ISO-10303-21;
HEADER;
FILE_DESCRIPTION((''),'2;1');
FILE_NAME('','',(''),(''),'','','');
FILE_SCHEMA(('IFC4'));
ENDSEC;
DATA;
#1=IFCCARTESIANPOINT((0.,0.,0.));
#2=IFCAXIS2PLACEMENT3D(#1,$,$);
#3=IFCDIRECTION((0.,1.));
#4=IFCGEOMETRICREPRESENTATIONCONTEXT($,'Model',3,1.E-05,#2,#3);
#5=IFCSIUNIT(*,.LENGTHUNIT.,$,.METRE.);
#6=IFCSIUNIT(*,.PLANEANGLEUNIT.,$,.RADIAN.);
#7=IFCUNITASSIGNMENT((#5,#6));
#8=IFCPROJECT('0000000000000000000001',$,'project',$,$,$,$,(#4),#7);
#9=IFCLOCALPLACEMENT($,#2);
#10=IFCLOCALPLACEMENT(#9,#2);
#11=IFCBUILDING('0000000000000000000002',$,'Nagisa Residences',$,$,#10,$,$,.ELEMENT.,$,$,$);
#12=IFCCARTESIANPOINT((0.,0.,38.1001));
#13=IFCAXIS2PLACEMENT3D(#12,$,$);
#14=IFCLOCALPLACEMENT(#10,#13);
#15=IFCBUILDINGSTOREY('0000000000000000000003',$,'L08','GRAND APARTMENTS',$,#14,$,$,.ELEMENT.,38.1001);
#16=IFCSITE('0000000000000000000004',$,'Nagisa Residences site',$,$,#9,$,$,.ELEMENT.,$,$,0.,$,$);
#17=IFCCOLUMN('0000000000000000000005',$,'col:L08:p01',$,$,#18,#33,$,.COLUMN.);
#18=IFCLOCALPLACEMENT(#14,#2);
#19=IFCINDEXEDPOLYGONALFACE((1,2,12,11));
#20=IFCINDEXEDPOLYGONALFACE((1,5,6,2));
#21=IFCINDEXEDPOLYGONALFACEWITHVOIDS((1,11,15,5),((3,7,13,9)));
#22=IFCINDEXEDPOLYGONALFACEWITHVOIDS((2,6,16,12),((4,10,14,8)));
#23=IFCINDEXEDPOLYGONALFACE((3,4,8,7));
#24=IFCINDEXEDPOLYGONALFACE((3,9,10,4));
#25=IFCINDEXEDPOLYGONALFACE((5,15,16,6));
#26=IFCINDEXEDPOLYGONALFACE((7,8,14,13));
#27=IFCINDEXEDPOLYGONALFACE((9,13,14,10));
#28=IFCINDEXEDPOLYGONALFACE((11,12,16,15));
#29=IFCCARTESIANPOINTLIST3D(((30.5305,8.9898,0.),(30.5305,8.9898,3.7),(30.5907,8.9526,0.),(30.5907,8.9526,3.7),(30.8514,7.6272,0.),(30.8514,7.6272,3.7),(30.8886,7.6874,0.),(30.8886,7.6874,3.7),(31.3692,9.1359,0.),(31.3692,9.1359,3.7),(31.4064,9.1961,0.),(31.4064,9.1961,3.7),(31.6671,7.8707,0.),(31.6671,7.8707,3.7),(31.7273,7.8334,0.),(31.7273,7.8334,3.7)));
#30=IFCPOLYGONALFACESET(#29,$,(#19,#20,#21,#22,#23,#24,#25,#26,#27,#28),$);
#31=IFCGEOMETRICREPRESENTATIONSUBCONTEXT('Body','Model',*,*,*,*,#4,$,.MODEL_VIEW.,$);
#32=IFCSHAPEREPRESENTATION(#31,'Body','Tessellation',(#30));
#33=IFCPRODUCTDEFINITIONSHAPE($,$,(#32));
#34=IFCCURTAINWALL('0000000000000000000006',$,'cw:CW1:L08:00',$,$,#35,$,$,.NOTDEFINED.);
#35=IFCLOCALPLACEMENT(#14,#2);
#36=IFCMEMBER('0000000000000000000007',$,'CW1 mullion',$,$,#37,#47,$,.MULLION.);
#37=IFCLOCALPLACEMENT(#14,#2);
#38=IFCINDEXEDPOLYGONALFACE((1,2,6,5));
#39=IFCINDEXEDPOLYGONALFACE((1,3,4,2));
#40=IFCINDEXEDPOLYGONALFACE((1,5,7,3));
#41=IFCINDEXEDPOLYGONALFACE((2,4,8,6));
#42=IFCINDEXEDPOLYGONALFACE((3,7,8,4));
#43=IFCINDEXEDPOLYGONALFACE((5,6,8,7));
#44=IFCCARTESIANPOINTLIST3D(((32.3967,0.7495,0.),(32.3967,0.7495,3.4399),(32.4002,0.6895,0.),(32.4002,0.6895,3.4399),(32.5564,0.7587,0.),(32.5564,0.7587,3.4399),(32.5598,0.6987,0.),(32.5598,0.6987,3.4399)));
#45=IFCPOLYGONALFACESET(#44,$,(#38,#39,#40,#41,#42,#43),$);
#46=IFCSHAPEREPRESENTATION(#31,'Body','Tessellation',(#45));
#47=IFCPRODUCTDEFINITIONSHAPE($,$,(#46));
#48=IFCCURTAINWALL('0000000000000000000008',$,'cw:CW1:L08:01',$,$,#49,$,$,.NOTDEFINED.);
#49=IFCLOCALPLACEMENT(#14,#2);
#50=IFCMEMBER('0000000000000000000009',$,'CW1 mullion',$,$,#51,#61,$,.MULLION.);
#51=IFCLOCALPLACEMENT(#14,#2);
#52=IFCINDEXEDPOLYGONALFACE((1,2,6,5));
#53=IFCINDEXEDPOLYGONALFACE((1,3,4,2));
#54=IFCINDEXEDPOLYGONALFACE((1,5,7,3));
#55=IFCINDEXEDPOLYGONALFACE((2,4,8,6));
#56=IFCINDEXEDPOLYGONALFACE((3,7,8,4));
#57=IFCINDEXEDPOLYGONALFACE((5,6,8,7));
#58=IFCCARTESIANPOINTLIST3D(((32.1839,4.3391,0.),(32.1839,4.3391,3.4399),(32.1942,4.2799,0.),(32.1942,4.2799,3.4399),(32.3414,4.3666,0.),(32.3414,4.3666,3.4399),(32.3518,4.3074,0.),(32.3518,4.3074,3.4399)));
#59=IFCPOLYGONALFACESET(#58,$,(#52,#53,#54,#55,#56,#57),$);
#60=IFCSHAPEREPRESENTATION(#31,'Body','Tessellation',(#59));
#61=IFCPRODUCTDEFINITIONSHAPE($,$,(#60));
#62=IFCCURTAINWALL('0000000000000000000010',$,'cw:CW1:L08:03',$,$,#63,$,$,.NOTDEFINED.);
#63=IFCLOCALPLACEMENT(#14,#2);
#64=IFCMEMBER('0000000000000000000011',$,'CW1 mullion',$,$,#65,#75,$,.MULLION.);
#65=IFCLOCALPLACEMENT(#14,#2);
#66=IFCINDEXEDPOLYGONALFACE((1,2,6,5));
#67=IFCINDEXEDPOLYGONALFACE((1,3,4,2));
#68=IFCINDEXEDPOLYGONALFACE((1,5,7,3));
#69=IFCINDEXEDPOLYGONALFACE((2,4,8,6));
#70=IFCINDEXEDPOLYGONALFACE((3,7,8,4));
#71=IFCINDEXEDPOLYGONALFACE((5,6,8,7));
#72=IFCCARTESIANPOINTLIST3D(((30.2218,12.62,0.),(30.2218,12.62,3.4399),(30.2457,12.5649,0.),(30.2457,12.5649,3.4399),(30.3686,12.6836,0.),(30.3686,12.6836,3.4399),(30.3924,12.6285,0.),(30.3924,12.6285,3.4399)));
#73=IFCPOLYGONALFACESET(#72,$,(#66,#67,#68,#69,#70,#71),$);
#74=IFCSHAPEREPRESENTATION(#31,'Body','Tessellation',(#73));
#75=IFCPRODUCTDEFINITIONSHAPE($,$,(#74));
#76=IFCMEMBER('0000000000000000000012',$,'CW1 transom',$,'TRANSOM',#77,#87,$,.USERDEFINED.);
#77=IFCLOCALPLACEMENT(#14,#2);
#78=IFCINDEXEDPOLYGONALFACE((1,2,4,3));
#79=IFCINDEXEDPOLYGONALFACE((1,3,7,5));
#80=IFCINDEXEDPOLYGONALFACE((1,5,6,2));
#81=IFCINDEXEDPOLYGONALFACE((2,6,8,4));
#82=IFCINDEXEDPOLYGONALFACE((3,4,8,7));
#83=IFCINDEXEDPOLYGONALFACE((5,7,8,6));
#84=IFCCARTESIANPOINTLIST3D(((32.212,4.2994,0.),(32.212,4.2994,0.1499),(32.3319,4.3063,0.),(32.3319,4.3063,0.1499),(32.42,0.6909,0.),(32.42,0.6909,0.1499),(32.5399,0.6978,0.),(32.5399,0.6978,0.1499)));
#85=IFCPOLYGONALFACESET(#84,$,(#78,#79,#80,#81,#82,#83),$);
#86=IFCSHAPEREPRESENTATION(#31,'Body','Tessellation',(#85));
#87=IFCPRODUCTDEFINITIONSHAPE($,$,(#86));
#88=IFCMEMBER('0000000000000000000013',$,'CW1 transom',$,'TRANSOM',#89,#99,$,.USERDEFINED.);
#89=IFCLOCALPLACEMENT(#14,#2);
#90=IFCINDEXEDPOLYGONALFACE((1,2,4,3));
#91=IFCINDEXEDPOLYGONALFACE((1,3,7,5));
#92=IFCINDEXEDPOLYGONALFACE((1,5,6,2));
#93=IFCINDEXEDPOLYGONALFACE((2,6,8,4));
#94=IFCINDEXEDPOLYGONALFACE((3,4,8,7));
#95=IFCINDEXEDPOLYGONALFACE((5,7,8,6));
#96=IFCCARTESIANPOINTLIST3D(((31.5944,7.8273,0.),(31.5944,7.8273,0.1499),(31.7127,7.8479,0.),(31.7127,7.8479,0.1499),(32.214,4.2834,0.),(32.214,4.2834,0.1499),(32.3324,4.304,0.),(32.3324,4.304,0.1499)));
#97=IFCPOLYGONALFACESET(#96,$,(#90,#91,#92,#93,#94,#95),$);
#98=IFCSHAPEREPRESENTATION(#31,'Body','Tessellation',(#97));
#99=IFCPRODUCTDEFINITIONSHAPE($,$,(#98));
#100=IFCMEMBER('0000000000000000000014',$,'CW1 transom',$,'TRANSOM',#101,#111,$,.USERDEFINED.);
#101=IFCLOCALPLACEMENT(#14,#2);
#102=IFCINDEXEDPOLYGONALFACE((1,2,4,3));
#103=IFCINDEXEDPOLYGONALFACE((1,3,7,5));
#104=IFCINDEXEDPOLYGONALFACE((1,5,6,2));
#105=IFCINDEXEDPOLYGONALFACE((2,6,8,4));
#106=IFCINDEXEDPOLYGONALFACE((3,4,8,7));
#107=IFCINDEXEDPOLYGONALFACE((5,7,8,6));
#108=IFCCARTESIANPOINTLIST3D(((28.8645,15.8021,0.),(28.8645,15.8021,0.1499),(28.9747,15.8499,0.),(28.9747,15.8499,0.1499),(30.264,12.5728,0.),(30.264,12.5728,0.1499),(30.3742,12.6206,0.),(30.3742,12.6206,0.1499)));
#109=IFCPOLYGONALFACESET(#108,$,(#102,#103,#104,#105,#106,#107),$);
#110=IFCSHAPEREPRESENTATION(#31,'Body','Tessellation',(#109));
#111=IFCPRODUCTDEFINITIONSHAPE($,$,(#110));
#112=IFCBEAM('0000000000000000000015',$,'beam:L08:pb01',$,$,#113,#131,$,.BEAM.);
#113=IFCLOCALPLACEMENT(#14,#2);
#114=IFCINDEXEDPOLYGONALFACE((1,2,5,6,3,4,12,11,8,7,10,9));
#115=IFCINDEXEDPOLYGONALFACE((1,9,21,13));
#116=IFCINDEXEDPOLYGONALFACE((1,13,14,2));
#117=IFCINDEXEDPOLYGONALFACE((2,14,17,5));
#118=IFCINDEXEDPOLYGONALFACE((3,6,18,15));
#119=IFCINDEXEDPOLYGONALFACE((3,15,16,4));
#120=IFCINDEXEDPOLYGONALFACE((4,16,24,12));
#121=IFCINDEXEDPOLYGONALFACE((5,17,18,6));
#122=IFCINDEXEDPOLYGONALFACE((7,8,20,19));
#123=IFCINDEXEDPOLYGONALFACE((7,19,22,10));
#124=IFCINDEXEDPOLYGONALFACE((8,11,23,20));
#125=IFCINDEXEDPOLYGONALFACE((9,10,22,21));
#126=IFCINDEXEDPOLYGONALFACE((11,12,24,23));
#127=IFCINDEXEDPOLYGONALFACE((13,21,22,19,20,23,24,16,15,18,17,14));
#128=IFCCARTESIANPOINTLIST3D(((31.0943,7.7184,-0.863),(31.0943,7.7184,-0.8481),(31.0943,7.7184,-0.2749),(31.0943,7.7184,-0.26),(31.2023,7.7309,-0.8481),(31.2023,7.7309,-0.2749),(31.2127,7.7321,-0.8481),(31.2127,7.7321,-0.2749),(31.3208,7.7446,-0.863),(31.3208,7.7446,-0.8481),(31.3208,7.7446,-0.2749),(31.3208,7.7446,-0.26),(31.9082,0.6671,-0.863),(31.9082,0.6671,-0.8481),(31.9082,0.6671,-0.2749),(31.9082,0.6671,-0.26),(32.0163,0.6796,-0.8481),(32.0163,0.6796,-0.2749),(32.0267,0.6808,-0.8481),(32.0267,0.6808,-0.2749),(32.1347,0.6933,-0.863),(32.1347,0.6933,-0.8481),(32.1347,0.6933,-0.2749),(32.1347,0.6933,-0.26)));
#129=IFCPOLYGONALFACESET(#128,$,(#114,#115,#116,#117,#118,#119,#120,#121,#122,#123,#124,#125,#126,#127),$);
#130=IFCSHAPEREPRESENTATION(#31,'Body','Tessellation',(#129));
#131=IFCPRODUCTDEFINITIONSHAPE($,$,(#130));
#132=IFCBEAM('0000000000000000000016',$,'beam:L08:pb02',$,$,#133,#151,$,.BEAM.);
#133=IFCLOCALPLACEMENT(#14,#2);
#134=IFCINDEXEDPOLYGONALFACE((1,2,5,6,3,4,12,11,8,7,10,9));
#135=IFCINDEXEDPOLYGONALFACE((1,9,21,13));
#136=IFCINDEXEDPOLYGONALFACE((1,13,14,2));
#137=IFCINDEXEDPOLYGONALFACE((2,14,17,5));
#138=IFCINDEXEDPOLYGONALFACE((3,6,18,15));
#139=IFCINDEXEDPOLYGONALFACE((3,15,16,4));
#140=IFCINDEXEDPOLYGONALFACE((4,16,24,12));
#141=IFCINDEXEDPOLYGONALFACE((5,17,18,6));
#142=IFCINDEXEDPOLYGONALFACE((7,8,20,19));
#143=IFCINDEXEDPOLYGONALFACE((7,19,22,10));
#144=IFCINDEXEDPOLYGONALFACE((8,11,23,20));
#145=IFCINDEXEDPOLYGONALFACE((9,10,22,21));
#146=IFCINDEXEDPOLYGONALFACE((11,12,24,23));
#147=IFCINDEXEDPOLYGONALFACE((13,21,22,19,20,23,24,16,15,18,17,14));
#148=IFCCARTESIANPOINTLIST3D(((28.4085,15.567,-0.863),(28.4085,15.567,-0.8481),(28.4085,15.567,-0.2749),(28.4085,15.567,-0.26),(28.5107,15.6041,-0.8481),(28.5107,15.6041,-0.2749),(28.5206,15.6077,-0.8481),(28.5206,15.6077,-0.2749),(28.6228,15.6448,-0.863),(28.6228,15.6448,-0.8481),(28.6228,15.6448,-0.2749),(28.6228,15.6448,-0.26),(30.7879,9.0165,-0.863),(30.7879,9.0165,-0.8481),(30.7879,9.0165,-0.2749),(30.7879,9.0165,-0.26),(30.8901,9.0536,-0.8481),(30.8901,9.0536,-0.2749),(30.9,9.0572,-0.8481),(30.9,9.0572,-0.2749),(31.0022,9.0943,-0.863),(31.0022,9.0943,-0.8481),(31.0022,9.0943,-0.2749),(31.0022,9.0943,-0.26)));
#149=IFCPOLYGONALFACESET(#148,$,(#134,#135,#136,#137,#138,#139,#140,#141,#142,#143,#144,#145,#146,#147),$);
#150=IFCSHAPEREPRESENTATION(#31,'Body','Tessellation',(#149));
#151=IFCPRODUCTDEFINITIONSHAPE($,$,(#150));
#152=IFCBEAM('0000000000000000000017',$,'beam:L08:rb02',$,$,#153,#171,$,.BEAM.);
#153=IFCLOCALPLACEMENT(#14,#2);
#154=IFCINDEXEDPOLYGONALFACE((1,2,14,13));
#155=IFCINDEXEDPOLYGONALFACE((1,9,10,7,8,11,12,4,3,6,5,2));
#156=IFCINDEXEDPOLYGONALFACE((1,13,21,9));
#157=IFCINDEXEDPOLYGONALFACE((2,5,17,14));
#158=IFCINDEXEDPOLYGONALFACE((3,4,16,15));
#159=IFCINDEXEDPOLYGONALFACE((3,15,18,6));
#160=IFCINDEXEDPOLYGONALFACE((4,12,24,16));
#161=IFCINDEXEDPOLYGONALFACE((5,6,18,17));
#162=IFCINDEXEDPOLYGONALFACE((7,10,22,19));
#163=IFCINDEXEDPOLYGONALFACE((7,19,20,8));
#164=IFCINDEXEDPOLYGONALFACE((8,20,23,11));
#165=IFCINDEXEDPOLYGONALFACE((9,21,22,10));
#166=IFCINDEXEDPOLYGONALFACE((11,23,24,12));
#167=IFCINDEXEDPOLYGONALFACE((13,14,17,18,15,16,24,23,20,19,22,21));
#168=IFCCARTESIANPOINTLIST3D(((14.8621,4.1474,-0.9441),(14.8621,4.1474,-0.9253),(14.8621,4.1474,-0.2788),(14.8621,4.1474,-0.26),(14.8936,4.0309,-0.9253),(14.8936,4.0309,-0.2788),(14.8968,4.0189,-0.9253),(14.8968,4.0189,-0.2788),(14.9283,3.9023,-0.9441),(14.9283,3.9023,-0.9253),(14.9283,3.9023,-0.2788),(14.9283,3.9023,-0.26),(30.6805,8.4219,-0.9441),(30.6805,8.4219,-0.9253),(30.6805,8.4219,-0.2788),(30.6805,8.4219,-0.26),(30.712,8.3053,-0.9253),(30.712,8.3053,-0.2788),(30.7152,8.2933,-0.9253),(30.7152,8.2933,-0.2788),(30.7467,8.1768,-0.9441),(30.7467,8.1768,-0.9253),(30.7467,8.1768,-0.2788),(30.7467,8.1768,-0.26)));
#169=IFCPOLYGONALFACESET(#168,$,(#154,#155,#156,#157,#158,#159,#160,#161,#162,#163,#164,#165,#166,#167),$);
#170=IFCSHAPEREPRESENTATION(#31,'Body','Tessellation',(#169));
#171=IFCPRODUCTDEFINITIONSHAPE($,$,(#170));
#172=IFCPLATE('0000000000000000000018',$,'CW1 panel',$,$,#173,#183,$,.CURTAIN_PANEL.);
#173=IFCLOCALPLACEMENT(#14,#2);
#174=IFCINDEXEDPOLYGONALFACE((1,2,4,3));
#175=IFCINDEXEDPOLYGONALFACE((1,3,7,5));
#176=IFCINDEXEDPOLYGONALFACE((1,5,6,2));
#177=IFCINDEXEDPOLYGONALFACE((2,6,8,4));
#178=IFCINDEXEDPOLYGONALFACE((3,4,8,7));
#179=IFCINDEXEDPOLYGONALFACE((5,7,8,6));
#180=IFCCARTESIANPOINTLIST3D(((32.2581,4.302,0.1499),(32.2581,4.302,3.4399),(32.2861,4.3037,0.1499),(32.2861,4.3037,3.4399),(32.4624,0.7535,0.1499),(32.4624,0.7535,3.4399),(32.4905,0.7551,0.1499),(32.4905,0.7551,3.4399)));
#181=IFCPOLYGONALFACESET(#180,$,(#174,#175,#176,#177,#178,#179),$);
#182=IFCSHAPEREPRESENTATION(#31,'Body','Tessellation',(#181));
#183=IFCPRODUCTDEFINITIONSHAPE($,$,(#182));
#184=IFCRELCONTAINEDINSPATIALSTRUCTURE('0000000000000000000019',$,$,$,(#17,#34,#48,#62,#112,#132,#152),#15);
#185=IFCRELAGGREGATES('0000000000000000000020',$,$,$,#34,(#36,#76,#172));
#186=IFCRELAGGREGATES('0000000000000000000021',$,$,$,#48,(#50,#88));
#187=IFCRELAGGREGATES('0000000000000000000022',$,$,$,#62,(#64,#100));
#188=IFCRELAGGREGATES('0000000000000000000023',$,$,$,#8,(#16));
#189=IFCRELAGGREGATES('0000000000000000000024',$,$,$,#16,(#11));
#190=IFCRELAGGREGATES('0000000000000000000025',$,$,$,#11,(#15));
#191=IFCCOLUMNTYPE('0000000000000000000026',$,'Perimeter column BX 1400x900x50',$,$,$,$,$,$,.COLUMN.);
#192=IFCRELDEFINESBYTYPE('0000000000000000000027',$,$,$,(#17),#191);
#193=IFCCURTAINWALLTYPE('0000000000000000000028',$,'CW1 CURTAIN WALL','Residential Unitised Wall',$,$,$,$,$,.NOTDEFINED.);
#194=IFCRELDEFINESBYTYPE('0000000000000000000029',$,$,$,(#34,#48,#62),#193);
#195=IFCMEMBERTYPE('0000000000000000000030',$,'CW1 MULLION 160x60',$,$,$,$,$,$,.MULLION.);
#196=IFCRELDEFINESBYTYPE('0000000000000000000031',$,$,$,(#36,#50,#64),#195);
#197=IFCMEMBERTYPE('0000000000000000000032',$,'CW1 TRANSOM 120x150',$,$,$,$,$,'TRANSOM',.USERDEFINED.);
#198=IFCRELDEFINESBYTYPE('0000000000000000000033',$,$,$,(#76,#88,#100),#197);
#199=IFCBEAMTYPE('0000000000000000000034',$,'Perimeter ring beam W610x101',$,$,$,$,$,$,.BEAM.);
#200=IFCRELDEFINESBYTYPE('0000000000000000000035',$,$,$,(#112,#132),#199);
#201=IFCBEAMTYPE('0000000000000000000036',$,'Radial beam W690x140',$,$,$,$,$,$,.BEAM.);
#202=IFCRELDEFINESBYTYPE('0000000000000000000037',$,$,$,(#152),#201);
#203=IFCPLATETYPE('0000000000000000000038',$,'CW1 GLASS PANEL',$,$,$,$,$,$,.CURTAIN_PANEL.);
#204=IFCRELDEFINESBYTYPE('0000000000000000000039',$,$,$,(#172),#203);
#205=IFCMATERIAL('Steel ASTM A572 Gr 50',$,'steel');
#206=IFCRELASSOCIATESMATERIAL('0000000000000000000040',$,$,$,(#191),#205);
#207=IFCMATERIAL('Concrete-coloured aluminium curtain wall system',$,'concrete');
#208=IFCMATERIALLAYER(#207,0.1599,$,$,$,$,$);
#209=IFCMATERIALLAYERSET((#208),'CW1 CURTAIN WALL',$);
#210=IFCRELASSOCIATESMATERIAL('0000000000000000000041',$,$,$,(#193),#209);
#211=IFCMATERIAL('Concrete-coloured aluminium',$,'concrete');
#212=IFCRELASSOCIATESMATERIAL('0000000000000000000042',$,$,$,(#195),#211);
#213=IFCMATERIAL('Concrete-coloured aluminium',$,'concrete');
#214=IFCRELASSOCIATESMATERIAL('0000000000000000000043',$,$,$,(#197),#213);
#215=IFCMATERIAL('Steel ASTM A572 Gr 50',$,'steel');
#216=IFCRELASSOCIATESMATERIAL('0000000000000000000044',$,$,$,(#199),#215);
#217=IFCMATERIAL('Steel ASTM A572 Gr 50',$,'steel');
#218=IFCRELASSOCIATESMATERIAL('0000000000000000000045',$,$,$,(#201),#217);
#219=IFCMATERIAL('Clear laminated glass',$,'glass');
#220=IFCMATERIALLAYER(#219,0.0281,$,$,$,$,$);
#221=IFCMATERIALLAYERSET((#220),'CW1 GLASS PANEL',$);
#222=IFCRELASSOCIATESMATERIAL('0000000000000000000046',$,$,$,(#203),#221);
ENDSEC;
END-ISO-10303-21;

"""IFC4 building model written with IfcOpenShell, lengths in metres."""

from ifc_helpers import new_model, si_unit, direction, frame, origin, origin_2d, place, context, subcontext, project, spatial, rectangle, hollow_rectangle, i_section, extrude, material, layer, layer_set, material_profile, profile_set, type_object, element, aggregate, save


model = new_model("IFC4")

# Units and contexts
model_context = context("Model", 3, precision=1e-05, world=origin(), true_north=direction((0.0, 1.0)))
body_context = subcontext(model_context, "Body", "Model", "MODEL_VIEW")
ifc_project = project(units=[si_unit("LENGTHUNIT", "METRE"), si_unit("PLANEANGLEUNIT", "RADIAN")], contexts=[model_context])

# Site, building, storey
site_placement = place(None, origin())
site = spatial("IfcSite", under=ifc_project, at=site_placement, Name="Nagisa Residences site", CompositionType="ELEMENT", RefElevation=0.0)
building_placement = place(site_placement, origin())
building = spatial("IfcBuilding", under=site, at=building_placement, Name="Nagisa Residences", CompositionType="ELEMENT")
storey_placement = place(building_placement, frame((0.0, 0.0, 38.1001)))
storey = spatial("IfcBuildingStorey", under=building, at=storey_placement, Name="L08", Description="GRAND APARTMENTS", CompositionType="ELEMENT", Elevation=38.1001)

# Column
ifc_material_1 = material(Name="Steel ASTM A572 Gr 50", Category="steel")
ifc_material_profile_1 = material_profile(ifc_material_1, hollow_rectangle(XDim=1.3999, YDim=0.8999, WallThickness=0.05, at=origin_2d()), Name="BX 1400x900x50")
ifc_profile_set_1 = profile_set([ifc_material_profile_1], Name="Steel ASTM A572 Gr 50")
column_type = type_object("IfcColumnType", Name="Perimeter column BX 1400x900x50", PredefinedType="COLUMN", material=ifc_profile_set_1)
column_placement = place(storey_placement, frame((31.1289, 8.4116, 0.0), z_axis=(0.0, 0.0, 1.0), x_axis=(-0.229202, 0.973379, 0.0)))
element("IfcColumn", 1, at=column_placement, inside=storey, type_object=column_type, Name="col:L08:p01", PredefinedType="COLUMN", context=body_context, shape_type="SweptSolid", body=[
    extrude(hollow_rectangle(XDim=1.3999, YDim=0.8999, WallThickness=0.05, at=origin_2d()), origin(), (0.0, 0.0, 1.0), 3.7),
])

# Curtain walls, members
ifc_material_2 = material(Name="Concrete-coloured aluminium curtain wall system", Category="concrete")
ifc_layer_1 = layer(ifc_material_2, 0.1599)
ifc_layer_set_1 = layer_set([ifc_layer_1], Name="CW1 CURTAIN WALL")
curtain_wall_type = type_object("IfcCurtainWallType", Name="CW1 CURTAIN WALL", Description="Residential Unitised Wall", PredefinedType="NOTDEFINED", material=ifc_layer_set_1)
curtain_wall_1_placement = place(storey_placement, origin())
curtain_wall_1 = element("IfcCurtainWall", 2, at=curtain_wall_1_placement, inside=storey, type_object=curtain_wall_type, Name="cw:CW1:L08:00", PredefinedType="NOTDEFINED")
ifc_material_3 = material(Name="Concrete-coloured aluminium", Category="concrete")
ifc_material_profile_2 = material_profile(ifc_material_3, rectangle(XDim=0.1599, YDim=0.0601, at=origin_2d()), Name="CW1 MULLION 160x60")
ifc_profile_set_2 = profile_set([ifc_material_profile_2], Name="Concrete-coloured aluminium")
member_type_1 = type_object("IfcMemberType", Name="CW1 MULLION 160x60", PredefinedType="MULLION", material=ifc_profile_set_2)
member_1_placement = place(storey_placement, frame((32.4783, 0.7241, 0.0), z_axis=(0.0, 0.0, 1.0), x_axis=(-0.998345, -0.057503, 0.0)))
member_1 = element("IfcMember", 3, at=member_1_placement, type_object=member_type_1, Name="CW1 mullion", PredefinedType="MULLION", context=body_context, shape_type="SweptSolid", body=[
    extrude(rectangle(XDim=0.1599, YDim=0.0601, at=origin_2d()), origin(), (0.0, 0.0, 1.0), 3.4399),
])
curtain_wall_2_placement = place(storey_placement, origin())
curtain_wall_2 = element("IfcCurtainWall", 4, at=curtain_wall_2_placement, inside=storey, type_object=curtain_wall_type, Name="cw:CW1:L08:01", PredefinedType="NOTDEFINED")
member_2_placement = place(storey_placement, frame((32.2678, 4.3232, 0.0), z_axis=(0.0, 0.0, 1.0), x_axis=(-0.985064, -0.172191, 0.0)))
member_2 = element("IfcMember", 5, at=member_2_placement, type_object=member_type_1, Name="CW1 mullion", PredefinedType="MULLION", context=body_context, shape_type="SweptSolid", body=[
    extrude(rectangle(XDim=0.1599, YDim=0.0601, at=origin_2d()), origin(), (0.0, 0.0, 1.0), 3.4399),
])
curtain_wall_3_placement = place(storey_placement, origin())
curtain_wall_3 = element("IfcCurtainWall", 6, at=curtain_wall_3_placement, inside=storey, type_object=curtain_wall_type, Name="cw:CW1:L08:03", PredefinedType="NOTDEFINED")
member_3_placement = place(storey_placement, frame((30.3071, 12.6243, 0.0), z_axis=(0.0, 0.0, 1.0), x_axis=(-0.917543, -0.397636, 0.0)))
member_3 = element("IfcMember", 7, at=member_3_placement, type_object=member_type_1, Name="CW1 mullion", PredefinedType="MULLION", context=body_context, shape_type="SweptSolid", body=[
    extrude(rectangle(XDim=0.1599, YDim=0.0601, at=origin_2d()), origin(), (0.0, 0.0, 1.0), 3.4399),
])

# Members
ifc_material_4 = material(Name="Concrete-coloured aluminium", Category="concrete")
ifc_material_profile_3 = material_profile(ifc_material_4, rectangle(XDim=0.1201, YDim=0.1499, at=origin_2d()), Name="CW1 TRANSOM 120x150")
ifc_profile_set_3 = profile_set([ifc_material_profile_3], Name="Concrete-coloured aluminium")
member_type_2 = type_object("IfcMemberType", Name="CW1 TRANSOM 120x150", ElementType="TRANSOM", PredefinedType="USERDEFINED", material=ifc_profile_set_3)
member_4_placement = place(storey_placement, frame((32.48, 0.6943, 0.075), z_axis=(-0.05755, 0.998343, 0.0), x_axis=(-0.998343, -0.05755, 0.0)))
member_4 = element("IfcMember", 8, at=member_4_placement, type_object=member_type_2, Name="CW1 transom", ObjectType="TRANSOM", PredefinedType="USERDEFINED", context=body_context, shape_type="SweptSolid", body=[
    extrude(rectangle(XDim=0.1201, YDim=0.1499, at=origin_2d()), origin(), (0.0, 0.0, 1.0), 3.6145),
])
member_5_placement = place(storey_placement, frame((32.2732, 4.2937, 0.075), z_axis=(-0.172229, 0.985057, 0.0), x_axis=(-0.985057, -0.172229, 0.0)))
member_5 = element("IfcMember", 9, at=member_5_placement, type_object=member_type_2, Name="CW1 transom", ObjectType="TRANSOM", PredefinedType="USERDEFINED", context=body_context, shape_type="SweptSolid", body=[
    extrude(rectangle(XDim=0.1201, YDim=0.1499, at=origin_2d()), origin(), (0.0, 0.0, 1.0), 3.5977),
])
member_6_placement = place(storey_placement, frame((30.3191, 12.5967, 0.075), z_axis=(-0.397625, 0.917548, 0.0), x_axis=(-0.917548, -0.397625, 0.0)))
member_6 = element("IfcMember", 10, at=member_6_placement, type_object=member_type_2, Name="CW1 transom", ObjectType="TRANSOM", PredefinedType="USERDEFINED", context=body_context, shape_type="SweptSolid", body=[
    extrude(rectangle(XDim=0.1201, YDim=0.1499, at=origin_2d()), origin(), (0.0, 0.0, 1.0), 3.5195),
])

# Beams
ifc_material_5 = material(Name="Steel ASTM A572 Gr 50", Category="steel")
ifc_material_profile_4 = material_profile(ifc_material_5, i_section(OverallWidth=0.228, OverallDepth=0.603, WebThickness=0.0105, FlangeThickness=0.0149, at=origin_2d()), Name="W610x101")
ifc_profile_set_4 = profile_set([ifc_material_profile_4], Name="Steel ASTM A572 Gr 50")
beam_type_1 = type_object("IfcBeamType", Name="Perimeter ring beam W610x101", PredefinedType="BEAM", material=ifc_profile_set_4)
beam_1_placement = place(storey_placement, frame((32.0215, 0.6802, -0.5615), z_axis=(-0.114674, 0.993403, 0.0), x_axis=(-0.993403, -0.114674, 0.0)))
element("IfcBeam", 11, at=beam_1_placement, inside=storey, type_object=beam_type_1, Name="beam:L08:pb01", PredefinedType="BEAM", context=body_context, shape_type="SweptSolid", body=[
    extrude(i_section(OverallWidth=0.228, OverallDepth=0.603, WebThickness=0.0105, FlangeThickness=0.0149, at=origin_2d()), origin(), (0.0, 0.0, 1.0), 7.0981),
])
beam_2_placement = place(storey_placement, frame((30.895, 9.0554, -0.5615), z_axis=(-0.341411, 0.939914, 0.0), x_axis=(-0.939914, -0.341411, 0.0)))
element("IfcBeam", 12, at=beam_2_placement, inside=storey, type_object=beam_type_1, Name="beam:L08:pb02", PredefinedType="BEAM", context=body_context, shape_type="SweptSolid", body=[
    extrude(i_section(OverallWidth=0.228, OverallDepth=0.603, WebThickness=0.0105, FlangeThickness=0.0149, at=origin_2d()), origin(), (0.0, 0.0, 1.0), 6.9692),
])
ifc_material_6 = material(Name="Steel ASTM A572 Gr 50", Category="steel")
ifc_material_profile_5 = material_profile(ifc_material_6, i_section(OverallWidth=0.2539, OverallDepth=0.6841, WebThickness=0.0125, FlangeThickness=0.0188, at=origin_2d()), Name="W690x140")
ifc_profile_set_5 = profile_set([ifc_material_profile_5], Name="Steel ASTM A572 Gr 50")
beam_type_2 = type_object("IfcBeamType", Name="Radial beam W690x140", PredefinedType="BEAM", material=ifc_profile_set_5)
beam_3_placement = place(storey_placement, frame((30.7136, 8.2993, -0.6021), z_axis=(-0.965376, -0.260862, 0.0), x_axis=(0.260862, -0.965376, 0.0)))
element("IfcBeam", 13, at=beam_3_placement, inside=storey, type_object=beam_type_2, Name="beam:L08:rb02", PredefinedType="BEAM", context=body_context, shape_type="SweptSolid", body=[
    extrude(i_section(OverallWidth=0.2539, OverallDepth=0.6841, WebThickness=0.0125, FlangeThickness=0.0188, at=origin_2d()), origin(), (0.0, 0.0, 1.0), 16.3857),
])

# Plate
ifc_material_7 = material(Name="Clear laminated glass", Category="glass")
ifc_layer_2 = layer(ifc_material_7, 0.0281)
ifc_layer_set_2 = layer_set([ifc_layer_2], Name="CW1 GLASS PANEL")
plate_type = type_object("IfcPlateType", Name="CW1 GLASS PANEL", PredefinedType="CURTAIN_PANEL", material=ifc_layer_set_2)
plate_1_placement = place(storey_placement, frame((32.3743, 2.5286, 0.1499), z_axis=(0.0, 0.0, 1.0), x_axis=(-0.057503, 0.998345, 0.0)))
plate_1 = element("IfcPlate", 14, at=plate_1_placement, type_object=plate_type, Name="CW1 panel", PredefinedType="CURTAIN_PANEL", context=body_context, shape_type="SweptSolid", body=[
    extrude(rectangle(XDim=3.5544, YDim=0.0281, at=origin_2d()), origin(), (0.0, 0.0, 1.0), 3.29),
])
aggregate(curtain_wall_1, [member_1, member_4, plate_1])
aggregate(curtain_wall_2, [member_2, member_5])
aggregate(curtain_wall_3, [member_3, member_6])

save(model, "model.ifc")
